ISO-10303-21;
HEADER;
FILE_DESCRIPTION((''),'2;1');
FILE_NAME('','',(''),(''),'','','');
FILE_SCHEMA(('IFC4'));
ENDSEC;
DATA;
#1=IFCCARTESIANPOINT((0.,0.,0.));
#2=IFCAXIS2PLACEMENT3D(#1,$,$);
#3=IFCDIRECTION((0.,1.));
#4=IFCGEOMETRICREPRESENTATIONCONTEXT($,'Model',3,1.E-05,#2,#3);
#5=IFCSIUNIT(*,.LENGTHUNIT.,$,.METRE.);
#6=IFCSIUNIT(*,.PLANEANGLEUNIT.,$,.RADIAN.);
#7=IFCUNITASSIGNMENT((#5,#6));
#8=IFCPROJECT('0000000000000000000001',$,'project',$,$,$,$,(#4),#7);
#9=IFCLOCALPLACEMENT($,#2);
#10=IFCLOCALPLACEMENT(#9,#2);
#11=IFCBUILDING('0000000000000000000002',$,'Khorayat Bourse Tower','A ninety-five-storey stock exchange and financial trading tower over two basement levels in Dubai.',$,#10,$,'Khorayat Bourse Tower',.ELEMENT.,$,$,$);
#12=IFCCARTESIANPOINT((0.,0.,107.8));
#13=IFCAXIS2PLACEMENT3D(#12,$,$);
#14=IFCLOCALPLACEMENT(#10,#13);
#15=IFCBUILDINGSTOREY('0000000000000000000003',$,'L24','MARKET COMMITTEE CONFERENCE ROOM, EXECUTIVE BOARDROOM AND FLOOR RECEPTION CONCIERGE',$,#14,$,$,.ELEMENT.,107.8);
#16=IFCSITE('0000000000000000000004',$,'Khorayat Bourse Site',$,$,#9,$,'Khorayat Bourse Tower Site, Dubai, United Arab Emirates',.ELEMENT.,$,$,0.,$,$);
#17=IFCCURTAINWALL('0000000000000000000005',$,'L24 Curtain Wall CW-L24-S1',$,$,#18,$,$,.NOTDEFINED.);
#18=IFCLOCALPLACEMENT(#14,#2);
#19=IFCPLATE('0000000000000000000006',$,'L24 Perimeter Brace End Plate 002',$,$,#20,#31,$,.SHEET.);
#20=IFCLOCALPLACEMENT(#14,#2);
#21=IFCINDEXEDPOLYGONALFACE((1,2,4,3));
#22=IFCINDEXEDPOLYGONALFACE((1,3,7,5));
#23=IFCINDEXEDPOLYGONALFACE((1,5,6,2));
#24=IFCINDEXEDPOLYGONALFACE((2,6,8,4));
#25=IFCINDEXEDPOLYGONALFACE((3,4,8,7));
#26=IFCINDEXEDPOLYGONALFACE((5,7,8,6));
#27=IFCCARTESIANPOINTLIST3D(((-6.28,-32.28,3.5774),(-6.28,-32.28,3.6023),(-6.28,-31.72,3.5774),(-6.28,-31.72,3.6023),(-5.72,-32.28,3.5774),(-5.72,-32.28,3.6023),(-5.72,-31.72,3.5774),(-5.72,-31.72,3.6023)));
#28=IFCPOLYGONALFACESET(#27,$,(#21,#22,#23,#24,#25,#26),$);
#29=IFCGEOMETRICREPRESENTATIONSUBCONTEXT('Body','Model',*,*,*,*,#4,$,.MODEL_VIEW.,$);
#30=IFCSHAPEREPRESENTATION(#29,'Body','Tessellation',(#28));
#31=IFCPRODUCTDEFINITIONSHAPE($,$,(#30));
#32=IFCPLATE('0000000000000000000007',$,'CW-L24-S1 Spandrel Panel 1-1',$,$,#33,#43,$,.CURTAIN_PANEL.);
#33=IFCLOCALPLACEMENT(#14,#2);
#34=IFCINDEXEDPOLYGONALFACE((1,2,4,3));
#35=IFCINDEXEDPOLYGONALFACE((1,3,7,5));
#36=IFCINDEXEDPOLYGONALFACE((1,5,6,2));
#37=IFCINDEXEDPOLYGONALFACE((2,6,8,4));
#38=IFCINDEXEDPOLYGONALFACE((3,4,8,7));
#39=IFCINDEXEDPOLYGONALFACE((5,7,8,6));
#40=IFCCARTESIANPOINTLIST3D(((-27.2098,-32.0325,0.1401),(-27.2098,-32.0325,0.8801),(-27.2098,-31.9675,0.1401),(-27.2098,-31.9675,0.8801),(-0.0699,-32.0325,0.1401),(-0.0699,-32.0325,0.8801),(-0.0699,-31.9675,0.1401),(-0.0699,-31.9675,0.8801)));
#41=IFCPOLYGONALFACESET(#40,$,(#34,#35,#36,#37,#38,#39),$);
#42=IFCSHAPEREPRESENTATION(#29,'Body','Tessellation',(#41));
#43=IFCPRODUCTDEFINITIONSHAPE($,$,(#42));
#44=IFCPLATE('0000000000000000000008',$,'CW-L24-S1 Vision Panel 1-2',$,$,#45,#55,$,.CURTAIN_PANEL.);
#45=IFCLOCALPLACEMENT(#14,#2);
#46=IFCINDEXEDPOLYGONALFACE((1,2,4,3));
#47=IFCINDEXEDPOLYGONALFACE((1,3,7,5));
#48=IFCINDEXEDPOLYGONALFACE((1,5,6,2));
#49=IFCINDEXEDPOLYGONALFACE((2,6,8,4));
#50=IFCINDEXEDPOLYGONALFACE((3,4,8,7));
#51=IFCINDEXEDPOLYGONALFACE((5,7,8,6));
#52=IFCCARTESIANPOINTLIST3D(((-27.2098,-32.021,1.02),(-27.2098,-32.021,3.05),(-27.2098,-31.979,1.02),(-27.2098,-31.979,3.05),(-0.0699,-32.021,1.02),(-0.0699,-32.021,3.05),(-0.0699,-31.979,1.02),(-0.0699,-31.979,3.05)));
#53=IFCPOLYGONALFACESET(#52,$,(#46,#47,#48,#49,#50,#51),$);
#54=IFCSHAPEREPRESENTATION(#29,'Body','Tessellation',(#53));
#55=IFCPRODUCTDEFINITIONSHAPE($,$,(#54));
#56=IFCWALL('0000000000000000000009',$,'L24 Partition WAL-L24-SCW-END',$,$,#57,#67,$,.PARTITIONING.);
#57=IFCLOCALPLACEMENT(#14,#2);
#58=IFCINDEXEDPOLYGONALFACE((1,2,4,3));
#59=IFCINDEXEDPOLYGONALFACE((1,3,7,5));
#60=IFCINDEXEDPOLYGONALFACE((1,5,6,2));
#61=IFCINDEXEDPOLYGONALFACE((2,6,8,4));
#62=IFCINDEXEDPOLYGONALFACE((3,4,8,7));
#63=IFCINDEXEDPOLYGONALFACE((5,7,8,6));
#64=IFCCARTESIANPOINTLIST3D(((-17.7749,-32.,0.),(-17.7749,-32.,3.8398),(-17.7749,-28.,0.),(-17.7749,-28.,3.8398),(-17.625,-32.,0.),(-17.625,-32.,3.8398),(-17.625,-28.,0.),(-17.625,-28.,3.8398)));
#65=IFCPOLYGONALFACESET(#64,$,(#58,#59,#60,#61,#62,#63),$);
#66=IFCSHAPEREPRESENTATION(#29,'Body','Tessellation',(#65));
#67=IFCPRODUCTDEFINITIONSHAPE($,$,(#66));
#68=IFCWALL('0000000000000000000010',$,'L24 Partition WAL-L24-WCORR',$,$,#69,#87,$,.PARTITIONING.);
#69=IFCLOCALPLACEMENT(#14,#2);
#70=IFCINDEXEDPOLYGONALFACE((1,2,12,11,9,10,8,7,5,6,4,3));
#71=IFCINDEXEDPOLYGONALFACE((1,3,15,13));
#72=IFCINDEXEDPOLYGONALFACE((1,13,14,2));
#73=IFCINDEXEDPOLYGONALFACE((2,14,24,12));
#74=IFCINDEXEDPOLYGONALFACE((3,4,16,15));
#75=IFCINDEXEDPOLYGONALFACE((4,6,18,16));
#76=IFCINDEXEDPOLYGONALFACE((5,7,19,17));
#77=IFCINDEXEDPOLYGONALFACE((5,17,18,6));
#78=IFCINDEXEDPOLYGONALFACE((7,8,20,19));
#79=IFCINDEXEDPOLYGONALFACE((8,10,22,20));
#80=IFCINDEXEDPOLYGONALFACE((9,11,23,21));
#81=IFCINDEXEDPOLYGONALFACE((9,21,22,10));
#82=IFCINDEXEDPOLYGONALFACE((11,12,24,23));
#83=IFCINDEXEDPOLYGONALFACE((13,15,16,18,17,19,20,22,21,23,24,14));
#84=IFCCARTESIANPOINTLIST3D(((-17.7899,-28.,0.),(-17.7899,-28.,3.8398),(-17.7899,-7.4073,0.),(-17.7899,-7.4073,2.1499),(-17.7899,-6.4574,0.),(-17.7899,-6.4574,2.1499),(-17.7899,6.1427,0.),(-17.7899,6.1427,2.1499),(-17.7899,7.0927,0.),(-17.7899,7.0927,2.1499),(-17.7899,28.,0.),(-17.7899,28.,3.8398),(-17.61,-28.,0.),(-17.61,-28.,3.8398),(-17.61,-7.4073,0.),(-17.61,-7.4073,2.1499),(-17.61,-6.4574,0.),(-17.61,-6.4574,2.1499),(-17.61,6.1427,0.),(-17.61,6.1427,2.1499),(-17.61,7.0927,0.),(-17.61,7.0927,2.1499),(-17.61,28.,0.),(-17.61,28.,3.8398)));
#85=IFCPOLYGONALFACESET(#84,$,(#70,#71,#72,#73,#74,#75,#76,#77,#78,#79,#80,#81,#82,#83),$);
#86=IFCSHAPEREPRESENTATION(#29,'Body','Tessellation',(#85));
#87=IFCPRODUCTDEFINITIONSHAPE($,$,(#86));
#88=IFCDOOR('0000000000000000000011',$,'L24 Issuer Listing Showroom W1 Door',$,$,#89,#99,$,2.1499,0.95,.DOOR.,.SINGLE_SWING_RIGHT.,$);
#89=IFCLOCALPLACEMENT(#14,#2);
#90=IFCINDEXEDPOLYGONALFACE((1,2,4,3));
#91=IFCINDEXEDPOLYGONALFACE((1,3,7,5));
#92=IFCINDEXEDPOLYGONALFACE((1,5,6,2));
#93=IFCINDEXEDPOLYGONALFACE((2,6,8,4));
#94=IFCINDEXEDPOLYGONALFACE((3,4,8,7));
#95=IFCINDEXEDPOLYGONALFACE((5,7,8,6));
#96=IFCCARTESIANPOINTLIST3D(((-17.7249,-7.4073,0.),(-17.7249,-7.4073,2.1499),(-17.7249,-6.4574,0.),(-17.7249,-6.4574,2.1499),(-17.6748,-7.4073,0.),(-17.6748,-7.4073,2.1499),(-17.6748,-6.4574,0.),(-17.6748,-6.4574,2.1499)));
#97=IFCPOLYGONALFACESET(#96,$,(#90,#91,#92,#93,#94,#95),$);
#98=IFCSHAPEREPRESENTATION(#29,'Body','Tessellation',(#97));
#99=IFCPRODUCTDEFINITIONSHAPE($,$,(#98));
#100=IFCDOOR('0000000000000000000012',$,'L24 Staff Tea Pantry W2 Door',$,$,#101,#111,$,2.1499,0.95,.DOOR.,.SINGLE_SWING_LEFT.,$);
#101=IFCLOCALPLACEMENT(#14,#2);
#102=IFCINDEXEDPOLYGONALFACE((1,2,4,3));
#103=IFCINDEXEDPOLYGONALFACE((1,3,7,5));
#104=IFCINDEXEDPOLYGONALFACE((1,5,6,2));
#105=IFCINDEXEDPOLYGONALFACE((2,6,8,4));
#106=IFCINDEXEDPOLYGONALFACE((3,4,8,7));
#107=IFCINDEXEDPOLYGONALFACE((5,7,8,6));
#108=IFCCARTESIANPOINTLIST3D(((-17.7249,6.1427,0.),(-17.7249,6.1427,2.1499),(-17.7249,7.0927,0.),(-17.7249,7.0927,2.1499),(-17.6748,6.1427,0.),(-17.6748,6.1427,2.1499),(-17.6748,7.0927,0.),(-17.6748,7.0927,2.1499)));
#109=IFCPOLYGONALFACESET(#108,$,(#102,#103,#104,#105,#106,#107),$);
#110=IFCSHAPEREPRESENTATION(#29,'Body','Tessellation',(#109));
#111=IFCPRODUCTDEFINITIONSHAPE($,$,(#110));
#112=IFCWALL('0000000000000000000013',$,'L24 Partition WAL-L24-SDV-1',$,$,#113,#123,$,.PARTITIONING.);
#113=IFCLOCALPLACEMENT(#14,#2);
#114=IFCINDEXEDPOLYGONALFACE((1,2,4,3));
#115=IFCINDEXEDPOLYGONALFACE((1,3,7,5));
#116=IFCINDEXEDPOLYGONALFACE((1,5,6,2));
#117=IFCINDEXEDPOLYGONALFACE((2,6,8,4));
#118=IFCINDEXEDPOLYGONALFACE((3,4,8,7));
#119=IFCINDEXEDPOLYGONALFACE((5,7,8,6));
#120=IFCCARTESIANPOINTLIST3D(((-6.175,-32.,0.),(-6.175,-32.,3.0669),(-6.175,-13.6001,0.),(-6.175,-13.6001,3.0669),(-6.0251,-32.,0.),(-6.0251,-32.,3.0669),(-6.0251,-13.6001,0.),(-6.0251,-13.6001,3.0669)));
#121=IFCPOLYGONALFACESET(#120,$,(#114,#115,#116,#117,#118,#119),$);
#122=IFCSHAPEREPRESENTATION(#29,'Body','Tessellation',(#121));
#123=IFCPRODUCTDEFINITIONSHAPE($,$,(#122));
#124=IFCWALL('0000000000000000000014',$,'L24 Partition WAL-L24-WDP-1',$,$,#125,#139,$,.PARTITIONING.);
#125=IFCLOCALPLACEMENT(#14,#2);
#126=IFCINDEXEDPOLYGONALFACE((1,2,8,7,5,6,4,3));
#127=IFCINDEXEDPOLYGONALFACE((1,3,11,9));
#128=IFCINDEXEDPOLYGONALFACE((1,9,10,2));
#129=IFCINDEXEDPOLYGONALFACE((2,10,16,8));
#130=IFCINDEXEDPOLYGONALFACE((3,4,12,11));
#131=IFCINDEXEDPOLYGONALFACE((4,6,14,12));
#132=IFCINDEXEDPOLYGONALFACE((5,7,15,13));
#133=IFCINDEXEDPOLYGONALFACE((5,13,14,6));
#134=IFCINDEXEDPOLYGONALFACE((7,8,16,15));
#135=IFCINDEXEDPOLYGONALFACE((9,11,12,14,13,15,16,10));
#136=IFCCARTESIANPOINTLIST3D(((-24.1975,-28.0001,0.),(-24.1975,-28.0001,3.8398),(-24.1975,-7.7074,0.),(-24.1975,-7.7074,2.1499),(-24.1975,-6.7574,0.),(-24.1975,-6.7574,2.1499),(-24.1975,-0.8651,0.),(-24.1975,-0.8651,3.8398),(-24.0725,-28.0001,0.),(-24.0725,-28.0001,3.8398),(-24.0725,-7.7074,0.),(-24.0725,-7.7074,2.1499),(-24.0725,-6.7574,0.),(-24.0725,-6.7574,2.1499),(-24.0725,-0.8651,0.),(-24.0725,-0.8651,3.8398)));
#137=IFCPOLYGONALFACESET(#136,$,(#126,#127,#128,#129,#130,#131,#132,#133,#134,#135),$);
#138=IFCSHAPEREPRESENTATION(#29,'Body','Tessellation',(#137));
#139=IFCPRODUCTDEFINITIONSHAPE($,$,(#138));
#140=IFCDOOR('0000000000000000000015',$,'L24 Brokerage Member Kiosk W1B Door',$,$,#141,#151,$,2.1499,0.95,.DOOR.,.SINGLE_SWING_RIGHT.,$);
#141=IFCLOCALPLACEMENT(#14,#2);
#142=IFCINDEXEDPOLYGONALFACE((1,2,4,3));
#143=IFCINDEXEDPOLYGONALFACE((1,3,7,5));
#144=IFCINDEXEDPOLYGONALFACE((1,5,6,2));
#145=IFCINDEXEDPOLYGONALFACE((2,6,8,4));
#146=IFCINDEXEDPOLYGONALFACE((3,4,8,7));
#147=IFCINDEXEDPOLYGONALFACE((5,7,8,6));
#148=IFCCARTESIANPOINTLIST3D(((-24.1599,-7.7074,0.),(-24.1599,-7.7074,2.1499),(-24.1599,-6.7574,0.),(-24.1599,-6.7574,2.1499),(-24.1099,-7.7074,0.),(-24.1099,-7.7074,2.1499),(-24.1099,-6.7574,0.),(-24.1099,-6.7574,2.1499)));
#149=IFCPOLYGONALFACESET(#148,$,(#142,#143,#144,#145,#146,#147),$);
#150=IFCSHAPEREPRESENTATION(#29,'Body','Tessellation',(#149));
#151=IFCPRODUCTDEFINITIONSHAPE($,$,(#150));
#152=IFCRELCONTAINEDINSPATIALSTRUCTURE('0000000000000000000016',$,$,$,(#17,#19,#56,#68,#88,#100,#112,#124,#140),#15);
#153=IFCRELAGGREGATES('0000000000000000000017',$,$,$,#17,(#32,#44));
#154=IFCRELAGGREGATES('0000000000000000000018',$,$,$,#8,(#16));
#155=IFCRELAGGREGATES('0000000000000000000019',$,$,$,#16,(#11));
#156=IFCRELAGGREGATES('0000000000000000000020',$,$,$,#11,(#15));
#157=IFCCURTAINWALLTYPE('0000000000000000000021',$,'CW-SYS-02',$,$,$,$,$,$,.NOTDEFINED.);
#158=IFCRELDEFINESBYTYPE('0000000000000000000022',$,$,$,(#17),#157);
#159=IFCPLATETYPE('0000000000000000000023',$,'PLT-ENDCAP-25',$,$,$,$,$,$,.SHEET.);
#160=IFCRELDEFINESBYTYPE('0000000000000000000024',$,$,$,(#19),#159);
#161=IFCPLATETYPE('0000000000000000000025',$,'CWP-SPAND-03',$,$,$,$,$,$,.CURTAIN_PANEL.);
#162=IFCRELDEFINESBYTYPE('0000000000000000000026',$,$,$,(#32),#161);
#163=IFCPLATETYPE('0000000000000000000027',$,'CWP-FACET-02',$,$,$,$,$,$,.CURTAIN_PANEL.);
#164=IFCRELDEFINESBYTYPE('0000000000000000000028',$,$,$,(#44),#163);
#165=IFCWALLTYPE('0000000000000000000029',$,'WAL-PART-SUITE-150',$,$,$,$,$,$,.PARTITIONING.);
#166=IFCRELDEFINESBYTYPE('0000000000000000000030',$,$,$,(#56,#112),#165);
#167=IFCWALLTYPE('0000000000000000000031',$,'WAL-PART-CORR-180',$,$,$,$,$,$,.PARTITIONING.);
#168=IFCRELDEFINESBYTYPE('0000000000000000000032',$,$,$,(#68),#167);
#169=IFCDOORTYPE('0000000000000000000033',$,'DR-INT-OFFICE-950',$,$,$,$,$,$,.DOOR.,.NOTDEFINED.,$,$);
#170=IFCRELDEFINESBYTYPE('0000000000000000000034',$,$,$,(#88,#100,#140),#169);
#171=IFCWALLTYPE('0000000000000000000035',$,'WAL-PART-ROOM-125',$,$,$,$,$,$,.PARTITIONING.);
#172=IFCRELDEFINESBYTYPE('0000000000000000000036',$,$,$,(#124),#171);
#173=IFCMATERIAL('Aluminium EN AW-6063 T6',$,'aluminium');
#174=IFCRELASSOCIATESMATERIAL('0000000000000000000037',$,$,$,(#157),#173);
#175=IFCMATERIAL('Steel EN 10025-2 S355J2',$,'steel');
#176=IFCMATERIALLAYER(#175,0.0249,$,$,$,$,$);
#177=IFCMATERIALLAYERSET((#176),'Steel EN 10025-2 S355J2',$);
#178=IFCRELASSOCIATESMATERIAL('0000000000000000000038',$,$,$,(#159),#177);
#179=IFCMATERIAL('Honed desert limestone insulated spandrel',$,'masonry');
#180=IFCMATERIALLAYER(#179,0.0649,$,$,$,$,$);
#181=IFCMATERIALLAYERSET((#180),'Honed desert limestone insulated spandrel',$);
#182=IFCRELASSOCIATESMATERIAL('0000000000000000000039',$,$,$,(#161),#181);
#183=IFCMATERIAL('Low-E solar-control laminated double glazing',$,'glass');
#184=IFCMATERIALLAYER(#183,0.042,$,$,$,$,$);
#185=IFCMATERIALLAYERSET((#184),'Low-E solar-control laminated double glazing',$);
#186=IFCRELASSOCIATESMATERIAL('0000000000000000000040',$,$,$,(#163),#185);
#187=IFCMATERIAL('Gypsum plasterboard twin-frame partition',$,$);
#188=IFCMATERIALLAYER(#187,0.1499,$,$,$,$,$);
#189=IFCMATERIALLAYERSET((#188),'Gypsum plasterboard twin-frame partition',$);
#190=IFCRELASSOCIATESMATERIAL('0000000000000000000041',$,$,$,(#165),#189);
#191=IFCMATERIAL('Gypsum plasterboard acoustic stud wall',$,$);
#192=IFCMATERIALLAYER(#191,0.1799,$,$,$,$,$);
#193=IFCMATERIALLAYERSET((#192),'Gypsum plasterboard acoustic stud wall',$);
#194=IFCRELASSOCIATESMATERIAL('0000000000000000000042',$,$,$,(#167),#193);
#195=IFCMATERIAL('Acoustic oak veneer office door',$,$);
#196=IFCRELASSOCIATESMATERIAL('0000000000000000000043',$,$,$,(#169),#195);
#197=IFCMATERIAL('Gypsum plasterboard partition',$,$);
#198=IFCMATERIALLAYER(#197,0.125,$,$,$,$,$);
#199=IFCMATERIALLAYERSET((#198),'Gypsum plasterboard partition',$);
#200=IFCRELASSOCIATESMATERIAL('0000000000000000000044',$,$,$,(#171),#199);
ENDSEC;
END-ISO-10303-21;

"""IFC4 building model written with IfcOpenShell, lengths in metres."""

from ifc_helpers import new_model, si_unit, direction, frame, frame_2d, origin, origin_2d, place, context, subcontext, project, spatial, rectangle, extrude, source, transform, mapped, material, layer, layer_set, type_object, element, fill, aggregate, save


model = new_model("IFC4")

# Units and contexts
model_context = context("Model", 3, precision=1e-05, world=origin(), true_north=direction((0.0, 1.0)))
body_context = subcontext(model_context, "Body", "Model", "MODEL_VIEW")
ifc_project = project(units=[si_unit("LENGTHUNIT", "METRE"), si_unit("PLANEANGLEUNIT", "RADIAN")], contexts=[model_context])

# Site, building, storey
site_placement = place(None, origin())
site = spatial("IfcSite", under=ifc_project, at=site_placement, Name="Khorayat Bourse Site", LongName="Khorayat Bourse Tower Site, Dubai, United Arab Emirates", CompositionType="ELEMENT", RefElevation=0.0)
building_placement = place(site_placement, origin())
building = spatial("IfcBuilding", under=site, at=building_placement, Name="Khorayat Bourse Tower", Description="A ninety-five-storey stock exchange and financial trading tower over two basement levels in Dubai.", LongName="Khorayat Bourse Tower", CompositionType="ELEMENT")
storey_placement = place(building_placement, frame((0.0, 0.0, 107.8)))
storey = spatial("IfcBuildingStorey", under=building, at=storey_placement, Name="L24", Description="MARKET COMMITTEE CONFERENCE ROOM, EXECUTIVE BOARDROOM AND FLOOR RECEPTION CONCIERGE", CompositionType="ELEMENT", Elevation=107.8)

# Curtain wall
ifc_material_1 = material(Name="Aluminium EN AW-6063 T6", Category="aluminium")
curtain_wall_type = type_object("IfcCurtainWallType", Name="CW-SYS-02", PredefinedType="NOTDEFINED", material=ifc_material_1)
curtain_wall_placement = place(storey_placement, origin())
curtain_wall = element("IfcCurtainWall", 1, at=curtain_wall_placement, inside=storey, type_object=curtain_wall_type, Name="L24 Curtain Wall CW-L24-S1", PredefinedType="NOTDEFINED")

# Plate
ifc_material_2 = material(Name="Steel EN 10025-2 S355J2", Category="steel")
ifc_layer_1 = layer(ifc_material_2, 0.0249)
ifc_layer_set_1 = layer_set([ifc_layer_1], Name="Steel EN 10025-2 S355J2")
plate_type_1 = type_object("IfcPlateType", Name="PLT-ENDCAP-25", PredefinedType="SHEET", material=ifc_layer_set_1)
shared_shape_1 = source(origin(), body_context, "Body", "SweptSolid", [
    extrude(rectangle(XDim=0.5601, YDim=0.5601, at=origin_2d()), origin(), (0.0, 0.0, 1.0), 0.0249),
])
for number, where, z_axis, x_axis, name in (
    (2, (-6.0, -32.0, 3.5774), (0.0, 0.0, 1.0), (1.0, 0.0, 0.0), "L24 Perimeter Brace End Plate 002"),
):
    element("IfcPlate", number, at=place(storey_placement, frame(where, z_axis=z_axis, x_axis=x_axis)), inside=storey, type_object=plate_type_1, Name=name, PredefinedType="SHEET", context=body_context, shape_type="MappedRepresentation", body=[
        mapped(shared_shape_1, transform((0.0, 0.0, 0.0), scale=1.0)),
    ])

# Plates
ifc_material_3 = material(Name="Honed desert limestone insulated spandrel", Category="masonry")
ifc_layer_2 = layer(ifc_material_3, 0.0649)
ifc_layer_set_2 = layer_set([ifc_layer_2], Name="Honed desert limestone insulated spandrel")
plate_type_2 = type_object("IfcPlateType", Name="CWP-SPAND-03", PredefinedType="CURTAIN_PANEL", material=ifc_layer_set_2)
shared_shape_2 = source(origin(), body_context, "Body", "SweptSolid", [
    extrude(rectangle(XDim=27.1399, YDim=0.0649, at=origin_2d()), origin(), (0.0, 0.0, 1.0), 0.74),
])
plate_1_placement = place(storey_placement, frame((-13.6399, -32.0, 0.1401), z_axis=(0.0, 0.0, 1.0), x_axis=(1.0, 0.0, 0.0)))
plate_1 = element("IfcPlate", 3, at=plate_1_placement, type_object=plate_type_2, Name="CW-L24-S1 Spandrel Panel 1-1", PredefinedType="CURTAIN_PANEL", context=body_context, shape_type="MappedRepresentation", body=[
    mapped(shared_shape_2, transform((0.0, 0.0, 0.0), scale=1.0)),
])
ifc_material_4 = material(Name="Low-E solar-control laminated double glazing", Category="glass")
ifc_layer_3 = layer(ifc_material_4, 0.042)
ifc_layer_set_3 = layer_set([ifc_layer_3], Name="Low-E solar-control laminated double glazing")
plate_type_3 = type_object("IfcPlateType", Name="CWP-FACET-02", PredefinedType="CURTAIN_PANEL", material=ifc_layer_set_3)
shared_shape_3 = source(origin(), body_context, "Body", "SweptSolid", [
    extrude(rectangle(XDim=27.1399, YDim=0.042, at=origin_2d()), origin(), (0.0, 0.0, 1.0), 2.03),
])
plate_2_placement = place(storey_placement, frame((-13.6399, -32.0, 1.02), z_axis=(0.0, 0.0, 1.0), x_axis=(1.0, 0.0, 0.0)))
plate_2 = element("IfcPlate", 4, at=plate_2_placement, type_object=plate_type_3, Name="CW-L24-S1 Vision Panel 1-2", PredefinedType="CURTAIN_PANEL", context=body_context, shape_type="MappedRepresentation", body=[
    mapped(shared_shape_3, transform((0.0, 0.0, 0.0), scale=1.0)),
])
aggregate(curtain_wall, [plate_1, plate_2])

# Wall
ifc_material_5 = material(Name="Gypsum plasterboard twin-frame partition")
ifc_layer_4 = layer(ifc_material_5, 0.1499)
ifc_layer_set_4 = layer_set([ifc_layer_4], Name="Gypsum plasterboard twin-frame partition")
wall_type_1 = type_object("IfcWallType", Name="WAL-PART-SUITE-150", PredefinedType="PARTITIONING", material=ifc_layer_set_4)
shared_shape_4 = source(origin(), body_context, "Body", "SweptSolid", [
    extrude(rectangle(XDim=4.0, YDim=0.1499, at=frame_2d((2.0, 0.0))), origin(), (0.0, 0.0, 1.0), 3.8398),
])
wall_1_placement = place(storey_placement, frame((-17.7, -32.0, 0.0), z_axis=(0.0, 0.0, 1.0), x_axis=(0.0, 1.0, 0.0)))
element("IfcWall", 5, at=wall_1_placement, inside=storey, type_object=wall_type_1, Name="L24 Partition WAL-L24-SCW-END", PredefinedType="PARTITIONING", context=body_context, shape_type="MappedRepresentation", body=[
    mapped(shared_shape_4, transform((0.0, 0.0, 0.0), scale=1.0)),
])

# Wall, openings, doors
ifc_material_6 = material(Name="Gypsum plasterboard acoustic stud wall")
ifc_layer_5 = layer(ifc_material_6, 0.1799)
ifc_layer_set_5 = layer_set([ifc_layer_5], Name="Gypsum plasterboard acoustic stud wall")
wall_type_2 = type_object("IfcWallType", Name="WAL-PART-CORR-180", PredefinedType="PARTITIONING", material=ifc_layer_set_5)
shared_shape_5 = source(origin(), body_context, "Body", "SweptSolid", [
    extrude(rectangle(XDim=56.0, YDim=0.1799, at=frame_2d((28.0, 0.0))), origin(), (0.0, 0.0, 1.0), 3.8398),
])
wall_2_placement = place(storey_placement, frame((-17.7, -28.0, 0.0), z_axis=(0.0, 0.0, 1.0), x_axis=(0.0, 1.0, 0.0)))
wall_2 = element("IfcWall", 6, at=wall_2_placement, inside=storey, type_object=wall_type_2, Name="L24 Partition WAL-L24-WCORR", PredefinedType="PARTITIONING", context=body_context, shape_type="MappedRepresentation", body=[
    mapped(shared_shape_5, transform((0.0, 0.0, 0.0), scale=1.0)),
])
shared_shape_6 = source(origin(), body_context, "Body", "SweptSolid", [
    extrude(rectangle(XDim=0.95, YDim=2.1499, at=frame_2d((0.4751, 1.075))), frame((0.0, 0.0999, 0.0), z_axis=(0.0, -1.0, 0.0), x_axis=(1.0, 0.0, 0.0)), (0.0, 0.0, 1.0), 0.2),
])
opening_1_placement = place(wall_2_placement, frame((20.5925, 0.0, 0.0)))
opening_1 = element("IfcOpeningElement", 7, at=opening_1_placement, cuts=wall_2, PredefinedType="OPENING", context=body_context, shape_type="MappedRepresentation", body=[
    mapped(shared_shape_6, transform((0.0, 0.0, 0.0), scale=1.0)),
])
opening_2_placement = place(wall_2_placement, frame((34.1426, 0.0, 0.0)))
opening_2 = element("IfcOpeningElement", 8, at=opening_2_placement, cuts=wall_2, PredefinedType="OPENING", context=body_context, shape_type="MappedRepresentation", body=[
    mapped(shared_shape_6, transform((0.0, 0.0, 0.0), scale=1.0)),
])
ifc_material_7 = material(Name="Acoustic oak veneer office door")
door_type = type_object("IfcDoorType", Name="DR-INT-OFFICE-950", OperationType="NOTDEFINED", PredefinedType="DOOR", material=ifc_material_7)
shared_shape_7 = source(origin(), body_context, "Body", "SweptSolid", [
    extrude(rectangle(XDim=0.95, YDim=2.1499, at=frame_2d((0.4751, 1.075))), frame((0.0, 0.0249, 0.0), z_axis=(0.0, -1.0, 0.0), x_axis=(1.0, 0.0, 0.0)), (0.0, 0.0, 1.0), 0.05),
])
door_1_placement = place(opening_1_placement, origin())
door_1 = element("IfcDoor", 9, at=door_1_placement, inside=storey, type_object=door_type, Name="L24 Issuer Listing Showroom W1 Door", OperationType="SINGLE_SWING_RIGHT", OverallHeight=2.1499, OverallWidth=0.95, PredefinedType="DOOR", context=body_context, shape_type="MappedRepresentation", body=[
    mapped(shared_shape_7, transform((0.0, 0.0, 0.0), scale=1.0)),
])
fill(opening_1, door_1)
door_2_placement = place(opening_2_placement, origin())
door_2 = element("IfcDoor", 10, at=door_2_placement, inside=storey, type_object=door_type, Name="L24 Staff Tea Pantry W2 Door", OperationType="SINGLE_SWING_LEFT", OverallHeight=2.1499, OverallWidth=0.95, PredefinedType="DOOR", context=body_context, shape_type="MappedRepresentation", body=[
    mapped(shared_shape_7, transform((0.0, 0.0, 0.0), scale=1.0)),
])
fill(opening_2, door_2)

# Wall
shared_shape_8 = source(origin(), body_context, "Body", "SweptSolid", [
    extrude(rectangle(XDim=18.3999, YDim=0.1499, at=frame_2d((9.2, 0.0))), origin(), (0.0, 0.0, 1.0), 3.0669),
])
wall_3_placement = place(storey_placement, frame((-6.1001, -32.0, 0.0), z_axis=(0.0, 0.0, 1.0), x_axis=(0.0, 1.0, 0.0)))
element("IfcWall", 11, at=wall_3_placement, inside=storey, type_object=wall_type_1, Name="L24 Partition WAL-L24-SDV-1", PredefinedType="PARTITIONING", context=body_context, shape_type="MappedRepresentation", body=[
    mapped(shared_shape_8, transform((0.0, 0.0, 0.0), scale=1.0)),
])

# Wall, opening, door
ifc_material_8 = material(Name="Gypsum plasterboard partition")
ifc_layer_6 = layer(ifc_material_8, 0.125)
ifc_layer_set_6 = layer_set([ifc_layer_6], Name="Gypsum plasterboard partition")
wall_type_3 = type_object("IfcWallType", Name="WAL-PART-ROOM-125", PredefinedType="PARTITIONING", material=ifc_layer_set_6)
shared_shape_9 = source(origin(), body_context, "Body", "SweptSolid", [
    extrude(rectangle(XDim=27.135, YDim=0.125, at=frame_2d((13.5674, 0.0))), origin(), (0.0, 0.0, 1.0), 3.8398),
])
wall_4_placement = place(storey_placement, frame((-24.135, -28.0, 0.0), z_axis=(0.0, 0.0, 1.0), x_axis=(0.0, 1.0, 0.0)))
wall_4 = element("IfcWall", 12, at=wall_4_placement, inside=storey, type_object=wall_type_3, Name="L24 Partition WAL-L24-WDP-1", PredefinedType="PARTITIONING", context=body_context, shape_type="MappedRepresentation", body=[
    mapped(shared_shape_9, transform((0.0, 0.0, 0.0), scale=1.0)),
])
shared_shape_10 = source(origin(), body_context, "Body", "SweptSolid", [
    extrude(rectangle(XDim=0.95, YDim=2.1499, at=frame_2d((0.4751, 1.075))), frame((0.0, 0.0725, 0.0), z_axis=(0.0, -1.0, 0.0), x_axis=(1.0, 0.0, 0.0)), (0.0, 0.0, 1.0), 0.145),
])
opening_3_placement = place(wall_4_placement, frame((20.2925, 0.0, 0.0)))
opening_3 = element("IfcOpeningElement", 13, at=opening_3_placement, cuts=wall_4, PredefinedType="OPENING", context=body_context, shape_type="MappedRepresentation", body=[
    mapped(shared_shape_10, transform((0.0, 0.0, 0.0), scale=1.0)),
])
door_3_placement = place(opening_3_placement, origin())
door_3 = element("IfcDoor", 14, at=door_3_placement, inside=storey, type_object=door_type, Name="L24 Brokerage Member Kiosk W1B Door", OperationType="SINGLE_SWING_RIGHT", OverallHeight=2.1499, OverallWidth=0.95, PredefinedType="DOOR", context=body_context, shape_type="MappedRepresentation", body=[
    mapped(shared_shape_7, transform((0.0, 0.0, 0.0), scale=1.0)),
])
fill(opening_3, door_3)

save(model, "model.ifc")
